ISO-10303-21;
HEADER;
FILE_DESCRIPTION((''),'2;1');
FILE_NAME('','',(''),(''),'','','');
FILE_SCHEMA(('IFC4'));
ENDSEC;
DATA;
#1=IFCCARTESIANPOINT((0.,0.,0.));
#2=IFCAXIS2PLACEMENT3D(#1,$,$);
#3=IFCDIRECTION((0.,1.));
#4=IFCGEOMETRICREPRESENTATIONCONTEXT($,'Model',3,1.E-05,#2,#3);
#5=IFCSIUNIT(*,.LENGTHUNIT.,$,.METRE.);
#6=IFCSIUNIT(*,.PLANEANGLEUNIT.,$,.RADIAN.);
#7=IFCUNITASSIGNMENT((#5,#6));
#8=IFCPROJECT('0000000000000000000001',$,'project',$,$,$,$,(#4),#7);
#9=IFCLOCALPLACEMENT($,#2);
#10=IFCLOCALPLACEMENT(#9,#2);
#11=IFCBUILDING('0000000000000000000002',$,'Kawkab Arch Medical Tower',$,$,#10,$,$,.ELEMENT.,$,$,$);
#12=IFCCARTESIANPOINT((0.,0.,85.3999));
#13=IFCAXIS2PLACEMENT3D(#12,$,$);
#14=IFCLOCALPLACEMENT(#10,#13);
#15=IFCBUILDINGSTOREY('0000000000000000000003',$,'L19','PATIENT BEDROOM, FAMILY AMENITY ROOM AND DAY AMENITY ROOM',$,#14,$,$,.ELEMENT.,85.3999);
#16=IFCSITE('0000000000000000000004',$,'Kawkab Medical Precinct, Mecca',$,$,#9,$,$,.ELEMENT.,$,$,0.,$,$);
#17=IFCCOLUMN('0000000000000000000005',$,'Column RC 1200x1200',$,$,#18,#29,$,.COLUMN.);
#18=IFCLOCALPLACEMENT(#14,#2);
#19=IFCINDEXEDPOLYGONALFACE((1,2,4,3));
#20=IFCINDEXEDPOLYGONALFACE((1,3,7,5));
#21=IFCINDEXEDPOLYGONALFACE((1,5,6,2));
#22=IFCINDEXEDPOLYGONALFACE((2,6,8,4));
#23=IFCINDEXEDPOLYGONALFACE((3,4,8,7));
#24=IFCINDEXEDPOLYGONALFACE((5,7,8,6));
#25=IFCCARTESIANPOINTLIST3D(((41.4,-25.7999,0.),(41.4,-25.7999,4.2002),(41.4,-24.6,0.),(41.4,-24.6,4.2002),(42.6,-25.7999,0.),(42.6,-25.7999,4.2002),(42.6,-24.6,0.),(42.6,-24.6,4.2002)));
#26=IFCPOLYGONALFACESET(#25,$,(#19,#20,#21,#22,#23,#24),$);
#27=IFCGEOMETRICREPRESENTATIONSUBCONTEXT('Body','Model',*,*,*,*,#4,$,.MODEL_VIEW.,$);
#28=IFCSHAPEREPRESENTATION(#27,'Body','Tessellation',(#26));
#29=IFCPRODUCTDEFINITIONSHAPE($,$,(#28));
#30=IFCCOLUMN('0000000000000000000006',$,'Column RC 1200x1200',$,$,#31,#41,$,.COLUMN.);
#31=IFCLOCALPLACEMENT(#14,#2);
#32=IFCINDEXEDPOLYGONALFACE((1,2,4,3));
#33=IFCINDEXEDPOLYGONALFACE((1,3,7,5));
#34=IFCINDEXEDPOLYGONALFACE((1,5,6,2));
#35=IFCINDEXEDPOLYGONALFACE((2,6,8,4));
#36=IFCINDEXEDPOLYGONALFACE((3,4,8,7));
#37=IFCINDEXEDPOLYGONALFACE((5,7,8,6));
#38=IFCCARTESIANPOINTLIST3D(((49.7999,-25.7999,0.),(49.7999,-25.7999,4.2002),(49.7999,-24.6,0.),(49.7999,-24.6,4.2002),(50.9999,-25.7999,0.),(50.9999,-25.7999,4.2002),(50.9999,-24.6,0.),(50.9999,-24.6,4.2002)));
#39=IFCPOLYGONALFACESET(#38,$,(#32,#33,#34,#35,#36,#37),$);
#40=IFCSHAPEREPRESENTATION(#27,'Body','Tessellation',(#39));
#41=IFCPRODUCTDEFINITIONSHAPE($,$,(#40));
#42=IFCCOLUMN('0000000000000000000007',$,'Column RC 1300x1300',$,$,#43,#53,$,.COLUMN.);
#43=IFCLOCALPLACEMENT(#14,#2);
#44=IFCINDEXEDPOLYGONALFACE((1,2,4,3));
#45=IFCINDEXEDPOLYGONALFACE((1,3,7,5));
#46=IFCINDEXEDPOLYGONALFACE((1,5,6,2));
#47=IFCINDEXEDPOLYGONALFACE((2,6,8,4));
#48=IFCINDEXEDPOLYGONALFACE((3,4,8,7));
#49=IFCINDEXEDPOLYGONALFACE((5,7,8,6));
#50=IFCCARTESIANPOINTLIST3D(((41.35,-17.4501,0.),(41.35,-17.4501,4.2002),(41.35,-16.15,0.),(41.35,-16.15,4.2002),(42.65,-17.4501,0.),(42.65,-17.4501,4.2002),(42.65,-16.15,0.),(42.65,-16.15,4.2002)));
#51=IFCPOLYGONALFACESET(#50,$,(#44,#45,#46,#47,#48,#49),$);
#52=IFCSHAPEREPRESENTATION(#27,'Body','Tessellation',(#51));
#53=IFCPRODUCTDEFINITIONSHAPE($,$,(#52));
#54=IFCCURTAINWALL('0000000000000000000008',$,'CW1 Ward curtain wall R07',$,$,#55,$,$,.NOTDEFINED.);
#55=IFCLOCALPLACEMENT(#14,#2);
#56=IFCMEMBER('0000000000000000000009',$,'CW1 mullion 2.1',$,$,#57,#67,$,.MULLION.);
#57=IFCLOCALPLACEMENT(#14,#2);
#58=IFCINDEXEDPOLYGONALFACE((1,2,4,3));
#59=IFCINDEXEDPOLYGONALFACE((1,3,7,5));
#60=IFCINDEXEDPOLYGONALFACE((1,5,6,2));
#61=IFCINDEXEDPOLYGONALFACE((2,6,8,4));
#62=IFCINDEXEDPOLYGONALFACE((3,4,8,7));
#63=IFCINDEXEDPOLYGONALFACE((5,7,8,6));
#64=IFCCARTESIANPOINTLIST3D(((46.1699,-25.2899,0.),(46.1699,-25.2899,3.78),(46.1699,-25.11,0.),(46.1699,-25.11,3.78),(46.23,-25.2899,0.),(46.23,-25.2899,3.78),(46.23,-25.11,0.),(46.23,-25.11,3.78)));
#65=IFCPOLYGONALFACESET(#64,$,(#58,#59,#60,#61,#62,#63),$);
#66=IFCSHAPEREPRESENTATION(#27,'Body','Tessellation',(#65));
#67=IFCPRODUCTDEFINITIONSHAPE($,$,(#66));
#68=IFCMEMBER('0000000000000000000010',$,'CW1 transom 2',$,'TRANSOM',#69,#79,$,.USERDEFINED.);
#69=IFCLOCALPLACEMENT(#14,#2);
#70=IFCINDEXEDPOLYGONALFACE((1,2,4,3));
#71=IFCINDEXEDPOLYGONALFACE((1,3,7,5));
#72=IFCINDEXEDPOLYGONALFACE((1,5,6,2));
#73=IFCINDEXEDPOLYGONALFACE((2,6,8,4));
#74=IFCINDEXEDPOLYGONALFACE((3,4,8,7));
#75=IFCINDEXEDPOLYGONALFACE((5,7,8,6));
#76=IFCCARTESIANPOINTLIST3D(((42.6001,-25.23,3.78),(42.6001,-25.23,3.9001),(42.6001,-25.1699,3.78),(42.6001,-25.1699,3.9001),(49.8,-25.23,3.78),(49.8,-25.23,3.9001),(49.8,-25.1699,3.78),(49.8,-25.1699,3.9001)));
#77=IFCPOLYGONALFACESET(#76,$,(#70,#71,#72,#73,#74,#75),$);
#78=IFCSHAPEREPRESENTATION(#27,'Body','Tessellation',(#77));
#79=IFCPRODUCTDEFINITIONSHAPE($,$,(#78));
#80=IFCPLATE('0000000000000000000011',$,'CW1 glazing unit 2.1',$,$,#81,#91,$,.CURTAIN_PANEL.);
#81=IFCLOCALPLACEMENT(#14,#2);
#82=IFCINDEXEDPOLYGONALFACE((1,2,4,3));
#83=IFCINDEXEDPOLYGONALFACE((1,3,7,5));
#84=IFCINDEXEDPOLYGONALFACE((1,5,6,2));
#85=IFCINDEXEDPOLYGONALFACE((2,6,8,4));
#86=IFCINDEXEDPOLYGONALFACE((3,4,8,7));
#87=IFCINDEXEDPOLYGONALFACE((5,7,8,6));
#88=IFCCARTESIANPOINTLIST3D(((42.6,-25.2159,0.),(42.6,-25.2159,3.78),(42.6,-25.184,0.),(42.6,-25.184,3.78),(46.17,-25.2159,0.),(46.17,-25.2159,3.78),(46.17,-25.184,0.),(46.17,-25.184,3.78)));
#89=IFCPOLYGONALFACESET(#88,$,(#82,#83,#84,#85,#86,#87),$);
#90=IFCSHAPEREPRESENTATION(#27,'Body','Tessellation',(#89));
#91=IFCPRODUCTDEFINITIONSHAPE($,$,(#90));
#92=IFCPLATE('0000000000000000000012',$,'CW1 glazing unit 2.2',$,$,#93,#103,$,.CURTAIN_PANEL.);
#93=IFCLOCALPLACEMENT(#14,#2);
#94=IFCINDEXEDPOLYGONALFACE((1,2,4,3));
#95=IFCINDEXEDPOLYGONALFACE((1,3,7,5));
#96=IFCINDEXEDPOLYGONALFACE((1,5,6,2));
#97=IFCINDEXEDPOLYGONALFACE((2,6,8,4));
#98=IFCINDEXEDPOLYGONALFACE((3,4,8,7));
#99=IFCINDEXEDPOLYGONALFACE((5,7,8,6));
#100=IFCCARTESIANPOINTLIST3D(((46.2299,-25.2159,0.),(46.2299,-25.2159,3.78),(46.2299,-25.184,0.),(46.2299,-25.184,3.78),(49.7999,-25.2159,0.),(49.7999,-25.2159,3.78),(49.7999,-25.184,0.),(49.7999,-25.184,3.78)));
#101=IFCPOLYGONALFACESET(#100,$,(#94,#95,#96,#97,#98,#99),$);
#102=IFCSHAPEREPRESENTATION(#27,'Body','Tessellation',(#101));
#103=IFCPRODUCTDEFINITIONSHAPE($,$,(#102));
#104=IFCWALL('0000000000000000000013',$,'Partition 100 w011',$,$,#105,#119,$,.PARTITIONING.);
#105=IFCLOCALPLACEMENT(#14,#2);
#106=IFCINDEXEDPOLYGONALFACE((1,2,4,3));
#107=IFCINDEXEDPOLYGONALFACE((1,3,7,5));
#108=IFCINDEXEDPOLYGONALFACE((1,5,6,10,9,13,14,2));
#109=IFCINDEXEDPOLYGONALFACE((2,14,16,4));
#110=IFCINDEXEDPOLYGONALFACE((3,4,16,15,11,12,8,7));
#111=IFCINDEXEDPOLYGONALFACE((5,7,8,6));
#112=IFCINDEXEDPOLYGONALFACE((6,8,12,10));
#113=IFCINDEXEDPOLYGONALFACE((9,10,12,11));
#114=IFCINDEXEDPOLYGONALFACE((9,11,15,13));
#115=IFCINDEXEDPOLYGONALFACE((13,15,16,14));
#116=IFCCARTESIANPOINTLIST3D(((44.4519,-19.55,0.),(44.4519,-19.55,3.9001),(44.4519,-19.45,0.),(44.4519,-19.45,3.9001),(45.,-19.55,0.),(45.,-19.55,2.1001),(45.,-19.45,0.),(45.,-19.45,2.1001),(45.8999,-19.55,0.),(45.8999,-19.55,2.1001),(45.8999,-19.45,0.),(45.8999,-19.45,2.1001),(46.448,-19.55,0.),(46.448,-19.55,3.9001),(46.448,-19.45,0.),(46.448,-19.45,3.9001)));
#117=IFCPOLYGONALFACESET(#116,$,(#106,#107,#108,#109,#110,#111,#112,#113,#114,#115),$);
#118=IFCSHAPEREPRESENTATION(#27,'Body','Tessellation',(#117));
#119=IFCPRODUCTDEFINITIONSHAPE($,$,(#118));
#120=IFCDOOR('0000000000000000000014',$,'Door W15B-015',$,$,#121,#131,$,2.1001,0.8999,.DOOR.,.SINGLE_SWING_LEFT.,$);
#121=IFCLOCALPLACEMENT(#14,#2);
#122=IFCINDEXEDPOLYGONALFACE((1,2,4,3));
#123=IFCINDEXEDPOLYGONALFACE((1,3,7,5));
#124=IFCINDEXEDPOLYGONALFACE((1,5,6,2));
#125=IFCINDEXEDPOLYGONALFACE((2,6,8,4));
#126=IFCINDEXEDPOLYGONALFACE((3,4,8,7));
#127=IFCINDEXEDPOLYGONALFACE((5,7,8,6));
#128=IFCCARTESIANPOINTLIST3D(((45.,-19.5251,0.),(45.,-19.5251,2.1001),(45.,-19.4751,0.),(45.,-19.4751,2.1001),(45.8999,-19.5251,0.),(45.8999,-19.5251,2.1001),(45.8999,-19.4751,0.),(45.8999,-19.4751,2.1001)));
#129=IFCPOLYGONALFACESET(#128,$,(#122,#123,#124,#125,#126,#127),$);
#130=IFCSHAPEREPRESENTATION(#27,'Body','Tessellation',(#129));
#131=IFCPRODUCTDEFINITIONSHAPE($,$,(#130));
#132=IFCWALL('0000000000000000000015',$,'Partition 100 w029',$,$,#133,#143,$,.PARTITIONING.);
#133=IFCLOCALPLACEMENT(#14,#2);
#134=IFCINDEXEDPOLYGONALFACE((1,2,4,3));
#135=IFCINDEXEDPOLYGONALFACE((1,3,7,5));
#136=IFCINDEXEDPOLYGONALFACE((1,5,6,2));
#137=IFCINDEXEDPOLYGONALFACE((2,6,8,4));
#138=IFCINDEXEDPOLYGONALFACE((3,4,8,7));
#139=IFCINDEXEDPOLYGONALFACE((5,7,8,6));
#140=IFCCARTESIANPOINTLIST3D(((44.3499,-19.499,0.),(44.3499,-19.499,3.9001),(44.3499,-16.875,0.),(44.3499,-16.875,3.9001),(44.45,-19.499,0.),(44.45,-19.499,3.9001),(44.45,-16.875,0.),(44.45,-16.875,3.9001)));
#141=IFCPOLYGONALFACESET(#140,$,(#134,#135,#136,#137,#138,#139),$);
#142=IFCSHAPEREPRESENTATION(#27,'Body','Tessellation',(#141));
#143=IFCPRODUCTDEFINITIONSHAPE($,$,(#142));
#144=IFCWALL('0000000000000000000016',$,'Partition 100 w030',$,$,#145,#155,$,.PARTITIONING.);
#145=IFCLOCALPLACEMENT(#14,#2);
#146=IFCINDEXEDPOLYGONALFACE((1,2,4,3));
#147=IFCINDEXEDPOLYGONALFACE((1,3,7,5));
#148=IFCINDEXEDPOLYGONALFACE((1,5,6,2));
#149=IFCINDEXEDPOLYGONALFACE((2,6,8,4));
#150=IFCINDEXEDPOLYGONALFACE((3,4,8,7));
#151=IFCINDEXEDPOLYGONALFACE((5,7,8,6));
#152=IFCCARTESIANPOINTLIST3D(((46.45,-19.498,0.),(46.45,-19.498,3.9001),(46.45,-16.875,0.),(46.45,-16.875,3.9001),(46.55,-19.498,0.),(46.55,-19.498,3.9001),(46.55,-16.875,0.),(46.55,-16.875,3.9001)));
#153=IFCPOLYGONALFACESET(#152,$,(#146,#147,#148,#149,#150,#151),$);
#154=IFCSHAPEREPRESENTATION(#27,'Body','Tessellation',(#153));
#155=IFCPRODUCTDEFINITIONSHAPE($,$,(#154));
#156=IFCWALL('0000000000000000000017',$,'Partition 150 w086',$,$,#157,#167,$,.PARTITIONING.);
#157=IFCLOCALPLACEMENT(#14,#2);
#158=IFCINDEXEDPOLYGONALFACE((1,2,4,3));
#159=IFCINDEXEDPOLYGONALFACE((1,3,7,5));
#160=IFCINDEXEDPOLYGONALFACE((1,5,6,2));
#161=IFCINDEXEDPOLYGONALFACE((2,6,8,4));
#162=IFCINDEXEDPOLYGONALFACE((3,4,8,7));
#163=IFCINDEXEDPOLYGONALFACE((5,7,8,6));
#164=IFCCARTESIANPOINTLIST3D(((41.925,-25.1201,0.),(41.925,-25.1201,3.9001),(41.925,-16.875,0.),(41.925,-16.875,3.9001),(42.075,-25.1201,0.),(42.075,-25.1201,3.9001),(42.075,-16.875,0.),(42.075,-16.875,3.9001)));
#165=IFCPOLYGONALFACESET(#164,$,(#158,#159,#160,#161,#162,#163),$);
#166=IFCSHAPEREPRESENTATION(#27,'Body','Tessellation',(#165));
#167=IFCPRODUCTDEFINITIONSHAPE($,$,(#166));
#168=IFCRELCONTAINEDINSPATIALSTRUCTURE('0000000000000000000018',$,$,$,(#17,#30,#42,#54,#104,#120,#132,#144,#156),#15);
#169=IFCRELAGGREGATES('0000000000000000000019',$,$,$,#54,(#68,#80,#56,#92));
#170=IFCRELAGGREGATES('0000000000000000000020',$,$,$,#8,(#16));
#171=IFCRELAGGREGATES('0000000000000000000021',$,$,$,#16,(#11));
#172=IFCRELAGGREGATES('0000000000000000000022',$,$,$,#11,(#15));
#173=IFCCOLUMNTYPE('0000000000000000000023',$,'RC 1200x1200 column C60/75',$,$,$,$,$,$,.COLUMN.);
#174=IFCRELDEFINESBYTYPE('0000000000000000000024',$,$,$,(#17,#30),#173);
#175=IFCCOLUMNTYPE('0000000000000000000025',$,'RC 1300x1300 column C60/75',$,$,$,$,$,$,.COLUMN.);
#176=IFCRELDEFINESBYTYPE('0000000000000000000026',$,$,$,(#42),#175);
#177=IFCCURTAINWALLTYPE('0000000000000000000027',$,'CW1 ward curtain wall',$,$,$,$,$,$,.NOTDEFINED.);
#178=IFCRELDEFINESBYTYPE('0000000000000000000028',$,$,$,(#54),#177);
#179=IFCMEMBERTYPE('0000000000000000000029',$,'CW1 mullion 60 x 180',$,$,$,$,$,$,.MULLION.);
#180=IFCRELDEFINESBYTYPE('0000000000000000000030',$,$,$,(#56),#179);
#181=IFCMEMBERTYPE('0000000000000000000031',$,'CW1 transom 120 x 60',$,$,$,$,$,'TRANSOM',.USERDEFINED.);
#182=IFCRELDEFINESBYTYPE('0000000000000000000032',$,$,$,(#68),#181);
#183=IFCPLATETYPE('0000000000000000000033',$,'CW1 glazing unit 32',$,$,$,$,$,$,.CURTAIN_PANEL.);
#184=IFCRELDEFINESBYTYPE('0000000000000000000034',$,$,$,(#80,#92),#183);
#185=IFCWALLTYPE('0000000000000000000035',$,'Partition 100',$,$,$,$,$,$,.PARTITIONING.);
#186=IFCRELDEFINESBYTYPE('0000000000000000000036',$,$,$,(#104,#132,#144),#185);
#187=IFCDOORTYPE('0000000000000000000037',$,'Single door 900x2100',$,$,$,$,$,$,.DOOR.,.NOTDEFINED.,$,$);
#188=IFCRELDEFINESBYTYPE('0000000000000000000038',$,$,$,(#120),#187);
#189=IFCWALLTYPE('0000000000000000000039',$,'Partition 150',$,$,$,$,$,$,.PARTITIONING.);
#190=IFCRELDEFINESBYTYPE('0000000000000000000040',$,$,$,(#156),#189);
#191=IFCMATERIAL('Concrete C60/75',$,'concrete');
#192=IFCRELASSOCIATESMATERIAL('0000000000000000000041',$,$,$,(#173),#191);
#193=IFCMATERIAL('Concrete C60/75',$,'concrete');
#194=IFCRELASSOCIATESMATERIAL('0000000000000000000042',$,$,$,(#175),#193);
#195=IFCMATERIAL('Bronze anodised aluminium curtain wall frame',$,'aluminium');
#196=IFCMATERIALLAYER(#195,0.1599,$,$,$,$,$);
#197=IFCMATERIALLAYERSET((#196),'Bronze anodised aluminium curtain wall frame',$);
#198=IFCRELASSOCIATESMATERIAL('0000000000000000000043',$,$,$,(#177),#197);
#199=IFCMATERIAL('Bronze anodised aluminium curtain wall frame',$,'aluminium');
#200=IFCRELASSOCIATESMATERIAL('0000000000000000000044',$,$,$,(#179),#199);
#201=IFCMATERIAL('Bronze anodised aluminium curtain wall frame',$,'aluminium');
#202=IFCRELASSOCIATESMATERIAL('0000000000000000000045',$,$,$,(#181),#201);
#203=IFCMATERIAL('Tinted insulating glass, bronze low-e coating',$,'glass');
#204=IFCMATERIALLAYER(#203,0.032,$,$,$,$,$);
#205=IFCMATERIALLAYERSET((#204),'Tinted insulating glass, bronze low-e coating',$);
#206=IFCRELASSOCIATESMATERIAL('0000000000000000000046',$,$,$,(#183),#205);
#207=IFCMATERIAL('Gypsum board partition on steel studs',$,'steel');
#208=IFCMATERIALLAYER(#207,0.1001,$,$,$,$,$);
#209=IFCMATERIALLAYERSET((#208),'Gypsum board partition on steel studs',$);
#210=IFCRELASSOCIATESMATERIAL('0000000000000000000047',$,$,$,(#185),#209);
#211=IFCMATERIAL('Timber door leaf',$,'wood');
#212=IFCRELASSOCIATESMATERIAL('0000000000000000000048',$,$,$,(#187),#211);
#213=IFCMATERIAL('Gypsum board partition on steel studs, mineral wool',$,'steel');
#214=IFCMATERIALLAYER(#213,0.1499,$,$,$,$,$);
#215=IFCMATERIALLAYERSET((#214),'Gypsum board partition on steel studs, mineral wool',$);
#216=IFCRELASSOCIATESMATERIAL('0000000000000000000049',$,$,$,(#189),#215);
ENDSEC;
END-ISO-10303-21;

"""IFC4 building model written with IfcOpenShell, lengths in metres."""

from ifc_helpers import new_model, si_unit, direction, frame, frame_2d, origin, origin_2d, place, context, subcontext, project, spatial, rectangle, extrude, material, layer, layer_set, material_profile, profile_set, type_object, element, fill, aggregate, save


model = new_model("IFC4")

# Units and contexts
model_context = context("Model", 3, precision=1e-05, world=origin(), true_north=direction((0.0, 1.0)))
body_context = subcontext(model_context, "Body", "Model", "MODEL_VIEW")
ifc_project = project(units=[si_unit("LENGTHUNIT", "METRE"), si_unit("PLANEANGLEUNIT", "RADIAN")], contexts=[model_context])

# Site, building, storey
site_placement = place(None, origin())
site = spatial("IfcSite", under=ifc_project, at=site_placement, Name="Kawkab Medical Precinct, Mecca", CompositionType="ELEMENT", RefElevation=0.0)
building_placement = place(site_placement, origin())
building = spatial("IfcBuilding", under=site, at=building_placement, Name="Kawkab Arch Medical Tower", CompositionType="ELEMENT")
storey_placement = place(building_placement, frame((0.0, 0.0, 85.3999)))
storey = spatial("IfcBuildingStorey", under=building, at=storey_placement, Name="L19", Description="PATIENT BEDROOM, FAMILY AMENITY ROOM AND DAY AMENITY ROOM", CompositionType="ELEMENT", Elevation=85.3999)

# Columns
ifc_material_1 = material(Name="Concrete C60/75", Category="concrete")
ifc_material_profile_1 = material_profile(ifc_material_1, rectangle(XDim=1.2, YDim=1.2, at=origin_2d()), Name="RC 1200x1200")
ifc_profile_set_1 = profile_set([ifc_material_profile_1], Name="Concrete C60/75")
column_type_1 = type_object("IfcColumnType", Name="RC 1200x1200 column C60/75", PredefinedType="COLUMN", material=ifc_profile_set_1)
for number, where, z_axis, x_axis, name in (
    (1, (42.0, -25.2, 0.0), (0.0, 0.0, 1.0), (1.0, 0.0, 0.0), "Column RC 1200x1200"),
    (2, (50.3999, -25.2, 0.0), (0.0, 0.0, 1.0), (1.0, 0.0, 0.0), "Column RC 1200x1200"),
):
    element("IfcColumn", number, at=place(storey_placement, frame(where, z_axis=z_axis, x_axis=x_axis)), inside=storey, type_object=column_type_1, Name=name, PredefinedType="COLUMN", context=body_context, shape_type="SweptSolid", body=[
        extrude(rectangle(XDim=1.2, YDim=1.2, at=origin_2d()), origin(), (0.0, 0.0, 1.0), 4.2002),
    ])
ifc_material_2 = material(Name="Concrete C60/75", Category="concrete")
ifc_material_profile_2 = material_profile(ifc_material_2, rectangle(XDim=1.3, YDim=1.3, at=origin_2d()), Name="RC 1300x1300")
ifc_profile_set_2 = profile_set([ifc_material_profile_2], Name="Concrete C60/75")
column_type_2 = type_object("IfcColumnType", Name="RC 1300x1300 column C60/75", PredefinedType="COLUMN", material=ifc_profile_set_2)
column_placement = place(storey_placement, frame((42.0, -16.8, 0.0), z_axis=(0.0, 0.0, 1.0), x_axis=(1.0, 0.0, 0.0)))
element("IfcColumn", 3, at=column_placement, inside=storey, type_object=column_type_2, Name="Column RC 1300x1300", PredefinedType="COLUMN", context=body_context, shape_type="SweptSolid", body=[
    extrude(rectangle(XDim=1.3, YDim=1.3, at=origin_2d()), origin(), (0.0, 0.0, 1.0), 4.2002),
])

# Curtain wall, members, plates
ifc_material_3 = material(Name="Bronze anodised aluminium curtain wall frame", Category="aluminium")
ifc_layer_1 = layer(ifc_material_3, 0.1599)
ifc_layer_set_1 = layer_set([ifc_layer_1], Name="Bronze anodised aluminium curtain wall frame")
curtain_wall_type = type_object("IfcCurtainWallType", Name="CW1 ward curtain wall", PredefinedType="NOTDEFINED", material=ifc_layer_set_1)
curtain_wall_placement = place(storey_placement, origin())
curtain_wall = element("IfcCurtainWall", 4, at=curtain_wall_placement, inside=storey, type_object=curtain_wall_type, Name="CW1 Ward curtain wall R07", PredefinedType="NOTDEFINED")
ifc_material_4 = material(Name="Bronze anodised aluminium curtain wall frame", Category="aluminium")
ifc_material_profile_3 = material_profile(ifc_material_4, rectangle(XDim=0.1799, YDim=0.0601, at=origin_2d()), Name="AL 60x180")
ifc_profile_set_3 = profile_set([ifc_material_profile_3], Name="Bronze anodised aluminium curtain wall frame")
member_type_1 = type_object("IfcMemberType", Name="CW1 mullion 60 x 180", PredefinedType="MULLION", material=ifc_profile_set_3)
member_1_placement = place(storey_placement, frame((46.2, -25.2, 0.0), z_axis=(0.0, 0.0, 1.0), x_axis=(0.0, 1.0, 0.0)))
member_1 = element("IfcMember", 5, at=member_1_placement, type_object=member_type_1, Name="CW1 mullion 2.1", PredefinedType="MULLION", context=body_context, shape_type="SweptSolid", body=[
    extrude(rectangle(XDim=0.1799, YDim=0.0601, at=origin_2d()), origin(), (0.0, 0.0, 1.0), 3.78),
])
ifc_material_5 = material(Name="Bronze anodised aluminium curtain wall frame", Category="aluminium")
ifc_material_profile_4 = material_profile(ifc_material_5, rectangle(XDim=0.0601, YDim=0.1201, at=origin_2d()), Name="AL 60x120")
ifc_profile_set_4 = profile_set([ifc_material_profile_4], Name="Bronze anodised aluminium curtain wall frame")
member_type_2 = type_object("IfcMemberType", Name="CW1 transom 120 x 60", ElementType="TRANSOM", PredefinedType="USERDEFINED", material=ifc_profile_set_4)
member_2_placement = place(storey_placement, frame((42.6001, -25.2, 3.8401), z_axis=(1.0, 0.0, 0.0), x_axis=(0.0, 1.0, 0.0)))
member_2 = element("IfcMember", 6, at=member_2_placement, type_object=member_type_2, Name="CW1 transom 2", ObjectType="TRANSOM", PredefinedType="USERDEFINED", context=body_context, shape_type="SweptSolid", body=[
    extrude(rectangle(XDim=0.0601, YDim=0.1201, at=origin_2d()), origin(), (0.0, 0.0, 1.0), 7.2),
])
ifc_material_6 = material(Name="Tinted insulating glass, bronze low-e coating", Category="glass")
ifc_layer_2 = layer(ifc_material_6, 0.032)
ifc_layer_set_2 = layer_set([ifc_layer_2], Name="Tinted insulating glass, bronze low-e coating")
plate_type = type_object("IfcPlateType", Name="CW1 glazing unit 32", PredefinedType="CURTAIN_PANEL", material=ifc_layer_set_2)
plate_1_placement = place(storey_placement, frame((44.385, -25.2, 0.0), z_axis=(0.0, 0.0, 1.0), x_axis=(1.0, 0.0, 0.0)))
plate_1 = element("IfcPlate", 7, at=plate_1_placement, type_object=plate_type, Name="CW1 glazing unit 2.1", PredefinedType="CURTAIN_PANEL", context=body_context, shape_type="SweptSolid", body=[
    extrude(rectangle(XDim=3.5701, YDim=0.032, at=origin_2d()), origin(), (0.0, 0.0, 1.0), 3.78),
])
plate_2_placement = place(storey_placement, frame((48.0149, -25.2, 0.0), z_axis=(0.0, 0.0, 1.0), x_axis=(1.0, 0.0, 0.0)))
plate_2 = element("IfcPlate", 8, at=plate_2_placement, type_object=plate_type, Name="CW1 glazing unit 2.2", PredefinedType="CURTAIN_PANEL", context=body_context, shape_type="SweptSolid", body=[
    extrude(rectangle(XDim=3.5701, YDim=0.032, at=origin_2d()), origin(), (0.0, 0.0, 1.0), 3.78),
])
aggregate(curtain_wall, [member_2, plate_1, member_1, plate_2])

# Wall, opening, door
ifc_material_7 = material(Name="Gypsum board partition on steel studs", Category="steel")
ifc_layer_3 = layer(ifc_material_7, 0.1001)
ifc_layer_set_3 = layer_set([ifc_layer_3], Name="Gypsum board partition on steel studs")
wall_type_1 = type_object("IfcWallType", Name="Partition 100", PredefinedType="PARTITIONING", material=ifc_layer_set_3)
wall_1_placement = place(storey_placement, frame((44.4519, -19.5, 0.0), z_axis=(0.0, 0.0, 1.0), x_axis=(1.0, 0.0, 0.0)))
wall_1 = element("IfcWall", 9, at=wall_1_placement, inside=storey, type_object=wall_type_1, Name="Partition 100 w011", PredefinedType="PARTITIONING", context=body_context, shape_type="SweptSolid", body=[
    extrude(rectangle(XDim=1.9961, YDim=0.1001, at=frame_2d((0.998, 0.0))), origin(), (0.0, 0.0, 1.0), 3.9001),
])
opening_placement = place(wall_1_placement, frame((0.5481, 0.0, 0.0)))
opening = element("IfcOpeningElement", 10, at=opening_placement, cuts=wall_1, PredefinedType="OPENING", context=body_context, shape_type="SweptSolid", body=[
    extrude(rectangle(XDim=0.8999, YDim=2.1001, at=frame_2d((0.45, 1.05))), frame((0.0, 0.0601, 0.0), z_axis=(0.0, -1.0, 0.0), x_axis=(1.0, 0.0, 0.0)), (0.0, 0.0, 1.0), 0.1201),
])
ifc_material_8 = material(Name="Timber door leaf", Category="wood")
door_type = type_object("IfcDoorType", Name="Single door 900x2100", OperationType="NOTDEFINED", PredefinedType="DOOR", material=ifc_material_8)
door_placement = place(opening_placement, origin())
door = element("IfcDoor", 11, at=door_placement, inside=storey, type_object=door_type, Name="Door W15B-015", OperationType="SINGLE_SWING_LEFT", OverallHeight=2.1001, OverallWidth=0.8999, PredefinedType="DOOR", context=body_context, shape_type="SweptSolid", body=[
    extrude(rectangle(XDim=0.8999, YDim=2.1001, at=frame_2d((0.45, 1.05))), frame((0.0, 0.0249, 0.0), z_axis=(0.0, -1.0, 0.0), x_axis=(1.0, 0.0, 0.0)), (0.0, 0.0, 1.0), 0.05),
])
fill(opening, door)

# Walls
wall_2_placement = place(storey_placement, frame((44.3999, -19.499, 0.0), z_axis=(0.0, 0.0, 1.0), x_axis=(0.0, 1.0, 0.0)))
element("IfcWall", 12, at=wall_2_placement, inside=storey, type_object=wall_type_1, Name="Partition 100 w029", PredefinedType="PARTITIONING", context=body_context, shape_type="SweptSolid", body=[
    extrude(rectangle(XDim=2.624, YDim=0.1001, at=frame_2d((1.312, 0.0))), origin(), (0.0, 0.0, 1.0), 3.9001),
])
wall_3_placement = place(storey_placement, frame((46.5, -19.498, 0.0), z_axis=(0.0, 0.0, 1.0), x_axis=(0.0, 1.0, 0.0)))
element("IfcWall", 13, at=wall_3_placement, inside=storey, type_object=wall_type_1, Name="Partition 100 w030", PredefinedType="PARTITIONING", context=body_context, shape_type="SweptSolid", body=[
    extrude(rectangle(XDim=2.623, YDim=0.1001, at=frame_2d((1.3115, 0.0))), origin(), (0.0, 0.0, 1.0), 3.9001),
])
ifc_material_9 = material(Name="Gypsum board partition on steel studs, mineral wool", Category="steel")
ifc_layer_4 = layer(ifc_material_9, 0.1499)
ifc_layer_set_4 = layer_set([ifc_layer_4], Name="Gypsum board partition on steel studs, mineral wool")
wall_type_2 = type_object("IfcWallType", Name="Partition 150", PredefinedType="PARTITIONING", material=ifc_layer_set_4)
wall_4_placement = place(storey_placement, frame((42.0, -25.1201, 0.0), z_axis=(0.0, 0.0, 1.0), x_axis=(0.0, 1.0, 0.0)))
element("IfcWall", 14, at=wall_4_placement, inside=storey, type_object=wall_type_2, Name="Partition 150 w086", PredefinedType="PARTITIONING", context=body_context, shape_type="SweptSolid", body=[
    extrude(rectangle(XDim=8.2451, YDim=0.1499, at=frame_2d((4.1226, 0.0))), origin(), (0.0, 0.0, 1.0), 3.9001),
])

save(model, "model.ifc")
